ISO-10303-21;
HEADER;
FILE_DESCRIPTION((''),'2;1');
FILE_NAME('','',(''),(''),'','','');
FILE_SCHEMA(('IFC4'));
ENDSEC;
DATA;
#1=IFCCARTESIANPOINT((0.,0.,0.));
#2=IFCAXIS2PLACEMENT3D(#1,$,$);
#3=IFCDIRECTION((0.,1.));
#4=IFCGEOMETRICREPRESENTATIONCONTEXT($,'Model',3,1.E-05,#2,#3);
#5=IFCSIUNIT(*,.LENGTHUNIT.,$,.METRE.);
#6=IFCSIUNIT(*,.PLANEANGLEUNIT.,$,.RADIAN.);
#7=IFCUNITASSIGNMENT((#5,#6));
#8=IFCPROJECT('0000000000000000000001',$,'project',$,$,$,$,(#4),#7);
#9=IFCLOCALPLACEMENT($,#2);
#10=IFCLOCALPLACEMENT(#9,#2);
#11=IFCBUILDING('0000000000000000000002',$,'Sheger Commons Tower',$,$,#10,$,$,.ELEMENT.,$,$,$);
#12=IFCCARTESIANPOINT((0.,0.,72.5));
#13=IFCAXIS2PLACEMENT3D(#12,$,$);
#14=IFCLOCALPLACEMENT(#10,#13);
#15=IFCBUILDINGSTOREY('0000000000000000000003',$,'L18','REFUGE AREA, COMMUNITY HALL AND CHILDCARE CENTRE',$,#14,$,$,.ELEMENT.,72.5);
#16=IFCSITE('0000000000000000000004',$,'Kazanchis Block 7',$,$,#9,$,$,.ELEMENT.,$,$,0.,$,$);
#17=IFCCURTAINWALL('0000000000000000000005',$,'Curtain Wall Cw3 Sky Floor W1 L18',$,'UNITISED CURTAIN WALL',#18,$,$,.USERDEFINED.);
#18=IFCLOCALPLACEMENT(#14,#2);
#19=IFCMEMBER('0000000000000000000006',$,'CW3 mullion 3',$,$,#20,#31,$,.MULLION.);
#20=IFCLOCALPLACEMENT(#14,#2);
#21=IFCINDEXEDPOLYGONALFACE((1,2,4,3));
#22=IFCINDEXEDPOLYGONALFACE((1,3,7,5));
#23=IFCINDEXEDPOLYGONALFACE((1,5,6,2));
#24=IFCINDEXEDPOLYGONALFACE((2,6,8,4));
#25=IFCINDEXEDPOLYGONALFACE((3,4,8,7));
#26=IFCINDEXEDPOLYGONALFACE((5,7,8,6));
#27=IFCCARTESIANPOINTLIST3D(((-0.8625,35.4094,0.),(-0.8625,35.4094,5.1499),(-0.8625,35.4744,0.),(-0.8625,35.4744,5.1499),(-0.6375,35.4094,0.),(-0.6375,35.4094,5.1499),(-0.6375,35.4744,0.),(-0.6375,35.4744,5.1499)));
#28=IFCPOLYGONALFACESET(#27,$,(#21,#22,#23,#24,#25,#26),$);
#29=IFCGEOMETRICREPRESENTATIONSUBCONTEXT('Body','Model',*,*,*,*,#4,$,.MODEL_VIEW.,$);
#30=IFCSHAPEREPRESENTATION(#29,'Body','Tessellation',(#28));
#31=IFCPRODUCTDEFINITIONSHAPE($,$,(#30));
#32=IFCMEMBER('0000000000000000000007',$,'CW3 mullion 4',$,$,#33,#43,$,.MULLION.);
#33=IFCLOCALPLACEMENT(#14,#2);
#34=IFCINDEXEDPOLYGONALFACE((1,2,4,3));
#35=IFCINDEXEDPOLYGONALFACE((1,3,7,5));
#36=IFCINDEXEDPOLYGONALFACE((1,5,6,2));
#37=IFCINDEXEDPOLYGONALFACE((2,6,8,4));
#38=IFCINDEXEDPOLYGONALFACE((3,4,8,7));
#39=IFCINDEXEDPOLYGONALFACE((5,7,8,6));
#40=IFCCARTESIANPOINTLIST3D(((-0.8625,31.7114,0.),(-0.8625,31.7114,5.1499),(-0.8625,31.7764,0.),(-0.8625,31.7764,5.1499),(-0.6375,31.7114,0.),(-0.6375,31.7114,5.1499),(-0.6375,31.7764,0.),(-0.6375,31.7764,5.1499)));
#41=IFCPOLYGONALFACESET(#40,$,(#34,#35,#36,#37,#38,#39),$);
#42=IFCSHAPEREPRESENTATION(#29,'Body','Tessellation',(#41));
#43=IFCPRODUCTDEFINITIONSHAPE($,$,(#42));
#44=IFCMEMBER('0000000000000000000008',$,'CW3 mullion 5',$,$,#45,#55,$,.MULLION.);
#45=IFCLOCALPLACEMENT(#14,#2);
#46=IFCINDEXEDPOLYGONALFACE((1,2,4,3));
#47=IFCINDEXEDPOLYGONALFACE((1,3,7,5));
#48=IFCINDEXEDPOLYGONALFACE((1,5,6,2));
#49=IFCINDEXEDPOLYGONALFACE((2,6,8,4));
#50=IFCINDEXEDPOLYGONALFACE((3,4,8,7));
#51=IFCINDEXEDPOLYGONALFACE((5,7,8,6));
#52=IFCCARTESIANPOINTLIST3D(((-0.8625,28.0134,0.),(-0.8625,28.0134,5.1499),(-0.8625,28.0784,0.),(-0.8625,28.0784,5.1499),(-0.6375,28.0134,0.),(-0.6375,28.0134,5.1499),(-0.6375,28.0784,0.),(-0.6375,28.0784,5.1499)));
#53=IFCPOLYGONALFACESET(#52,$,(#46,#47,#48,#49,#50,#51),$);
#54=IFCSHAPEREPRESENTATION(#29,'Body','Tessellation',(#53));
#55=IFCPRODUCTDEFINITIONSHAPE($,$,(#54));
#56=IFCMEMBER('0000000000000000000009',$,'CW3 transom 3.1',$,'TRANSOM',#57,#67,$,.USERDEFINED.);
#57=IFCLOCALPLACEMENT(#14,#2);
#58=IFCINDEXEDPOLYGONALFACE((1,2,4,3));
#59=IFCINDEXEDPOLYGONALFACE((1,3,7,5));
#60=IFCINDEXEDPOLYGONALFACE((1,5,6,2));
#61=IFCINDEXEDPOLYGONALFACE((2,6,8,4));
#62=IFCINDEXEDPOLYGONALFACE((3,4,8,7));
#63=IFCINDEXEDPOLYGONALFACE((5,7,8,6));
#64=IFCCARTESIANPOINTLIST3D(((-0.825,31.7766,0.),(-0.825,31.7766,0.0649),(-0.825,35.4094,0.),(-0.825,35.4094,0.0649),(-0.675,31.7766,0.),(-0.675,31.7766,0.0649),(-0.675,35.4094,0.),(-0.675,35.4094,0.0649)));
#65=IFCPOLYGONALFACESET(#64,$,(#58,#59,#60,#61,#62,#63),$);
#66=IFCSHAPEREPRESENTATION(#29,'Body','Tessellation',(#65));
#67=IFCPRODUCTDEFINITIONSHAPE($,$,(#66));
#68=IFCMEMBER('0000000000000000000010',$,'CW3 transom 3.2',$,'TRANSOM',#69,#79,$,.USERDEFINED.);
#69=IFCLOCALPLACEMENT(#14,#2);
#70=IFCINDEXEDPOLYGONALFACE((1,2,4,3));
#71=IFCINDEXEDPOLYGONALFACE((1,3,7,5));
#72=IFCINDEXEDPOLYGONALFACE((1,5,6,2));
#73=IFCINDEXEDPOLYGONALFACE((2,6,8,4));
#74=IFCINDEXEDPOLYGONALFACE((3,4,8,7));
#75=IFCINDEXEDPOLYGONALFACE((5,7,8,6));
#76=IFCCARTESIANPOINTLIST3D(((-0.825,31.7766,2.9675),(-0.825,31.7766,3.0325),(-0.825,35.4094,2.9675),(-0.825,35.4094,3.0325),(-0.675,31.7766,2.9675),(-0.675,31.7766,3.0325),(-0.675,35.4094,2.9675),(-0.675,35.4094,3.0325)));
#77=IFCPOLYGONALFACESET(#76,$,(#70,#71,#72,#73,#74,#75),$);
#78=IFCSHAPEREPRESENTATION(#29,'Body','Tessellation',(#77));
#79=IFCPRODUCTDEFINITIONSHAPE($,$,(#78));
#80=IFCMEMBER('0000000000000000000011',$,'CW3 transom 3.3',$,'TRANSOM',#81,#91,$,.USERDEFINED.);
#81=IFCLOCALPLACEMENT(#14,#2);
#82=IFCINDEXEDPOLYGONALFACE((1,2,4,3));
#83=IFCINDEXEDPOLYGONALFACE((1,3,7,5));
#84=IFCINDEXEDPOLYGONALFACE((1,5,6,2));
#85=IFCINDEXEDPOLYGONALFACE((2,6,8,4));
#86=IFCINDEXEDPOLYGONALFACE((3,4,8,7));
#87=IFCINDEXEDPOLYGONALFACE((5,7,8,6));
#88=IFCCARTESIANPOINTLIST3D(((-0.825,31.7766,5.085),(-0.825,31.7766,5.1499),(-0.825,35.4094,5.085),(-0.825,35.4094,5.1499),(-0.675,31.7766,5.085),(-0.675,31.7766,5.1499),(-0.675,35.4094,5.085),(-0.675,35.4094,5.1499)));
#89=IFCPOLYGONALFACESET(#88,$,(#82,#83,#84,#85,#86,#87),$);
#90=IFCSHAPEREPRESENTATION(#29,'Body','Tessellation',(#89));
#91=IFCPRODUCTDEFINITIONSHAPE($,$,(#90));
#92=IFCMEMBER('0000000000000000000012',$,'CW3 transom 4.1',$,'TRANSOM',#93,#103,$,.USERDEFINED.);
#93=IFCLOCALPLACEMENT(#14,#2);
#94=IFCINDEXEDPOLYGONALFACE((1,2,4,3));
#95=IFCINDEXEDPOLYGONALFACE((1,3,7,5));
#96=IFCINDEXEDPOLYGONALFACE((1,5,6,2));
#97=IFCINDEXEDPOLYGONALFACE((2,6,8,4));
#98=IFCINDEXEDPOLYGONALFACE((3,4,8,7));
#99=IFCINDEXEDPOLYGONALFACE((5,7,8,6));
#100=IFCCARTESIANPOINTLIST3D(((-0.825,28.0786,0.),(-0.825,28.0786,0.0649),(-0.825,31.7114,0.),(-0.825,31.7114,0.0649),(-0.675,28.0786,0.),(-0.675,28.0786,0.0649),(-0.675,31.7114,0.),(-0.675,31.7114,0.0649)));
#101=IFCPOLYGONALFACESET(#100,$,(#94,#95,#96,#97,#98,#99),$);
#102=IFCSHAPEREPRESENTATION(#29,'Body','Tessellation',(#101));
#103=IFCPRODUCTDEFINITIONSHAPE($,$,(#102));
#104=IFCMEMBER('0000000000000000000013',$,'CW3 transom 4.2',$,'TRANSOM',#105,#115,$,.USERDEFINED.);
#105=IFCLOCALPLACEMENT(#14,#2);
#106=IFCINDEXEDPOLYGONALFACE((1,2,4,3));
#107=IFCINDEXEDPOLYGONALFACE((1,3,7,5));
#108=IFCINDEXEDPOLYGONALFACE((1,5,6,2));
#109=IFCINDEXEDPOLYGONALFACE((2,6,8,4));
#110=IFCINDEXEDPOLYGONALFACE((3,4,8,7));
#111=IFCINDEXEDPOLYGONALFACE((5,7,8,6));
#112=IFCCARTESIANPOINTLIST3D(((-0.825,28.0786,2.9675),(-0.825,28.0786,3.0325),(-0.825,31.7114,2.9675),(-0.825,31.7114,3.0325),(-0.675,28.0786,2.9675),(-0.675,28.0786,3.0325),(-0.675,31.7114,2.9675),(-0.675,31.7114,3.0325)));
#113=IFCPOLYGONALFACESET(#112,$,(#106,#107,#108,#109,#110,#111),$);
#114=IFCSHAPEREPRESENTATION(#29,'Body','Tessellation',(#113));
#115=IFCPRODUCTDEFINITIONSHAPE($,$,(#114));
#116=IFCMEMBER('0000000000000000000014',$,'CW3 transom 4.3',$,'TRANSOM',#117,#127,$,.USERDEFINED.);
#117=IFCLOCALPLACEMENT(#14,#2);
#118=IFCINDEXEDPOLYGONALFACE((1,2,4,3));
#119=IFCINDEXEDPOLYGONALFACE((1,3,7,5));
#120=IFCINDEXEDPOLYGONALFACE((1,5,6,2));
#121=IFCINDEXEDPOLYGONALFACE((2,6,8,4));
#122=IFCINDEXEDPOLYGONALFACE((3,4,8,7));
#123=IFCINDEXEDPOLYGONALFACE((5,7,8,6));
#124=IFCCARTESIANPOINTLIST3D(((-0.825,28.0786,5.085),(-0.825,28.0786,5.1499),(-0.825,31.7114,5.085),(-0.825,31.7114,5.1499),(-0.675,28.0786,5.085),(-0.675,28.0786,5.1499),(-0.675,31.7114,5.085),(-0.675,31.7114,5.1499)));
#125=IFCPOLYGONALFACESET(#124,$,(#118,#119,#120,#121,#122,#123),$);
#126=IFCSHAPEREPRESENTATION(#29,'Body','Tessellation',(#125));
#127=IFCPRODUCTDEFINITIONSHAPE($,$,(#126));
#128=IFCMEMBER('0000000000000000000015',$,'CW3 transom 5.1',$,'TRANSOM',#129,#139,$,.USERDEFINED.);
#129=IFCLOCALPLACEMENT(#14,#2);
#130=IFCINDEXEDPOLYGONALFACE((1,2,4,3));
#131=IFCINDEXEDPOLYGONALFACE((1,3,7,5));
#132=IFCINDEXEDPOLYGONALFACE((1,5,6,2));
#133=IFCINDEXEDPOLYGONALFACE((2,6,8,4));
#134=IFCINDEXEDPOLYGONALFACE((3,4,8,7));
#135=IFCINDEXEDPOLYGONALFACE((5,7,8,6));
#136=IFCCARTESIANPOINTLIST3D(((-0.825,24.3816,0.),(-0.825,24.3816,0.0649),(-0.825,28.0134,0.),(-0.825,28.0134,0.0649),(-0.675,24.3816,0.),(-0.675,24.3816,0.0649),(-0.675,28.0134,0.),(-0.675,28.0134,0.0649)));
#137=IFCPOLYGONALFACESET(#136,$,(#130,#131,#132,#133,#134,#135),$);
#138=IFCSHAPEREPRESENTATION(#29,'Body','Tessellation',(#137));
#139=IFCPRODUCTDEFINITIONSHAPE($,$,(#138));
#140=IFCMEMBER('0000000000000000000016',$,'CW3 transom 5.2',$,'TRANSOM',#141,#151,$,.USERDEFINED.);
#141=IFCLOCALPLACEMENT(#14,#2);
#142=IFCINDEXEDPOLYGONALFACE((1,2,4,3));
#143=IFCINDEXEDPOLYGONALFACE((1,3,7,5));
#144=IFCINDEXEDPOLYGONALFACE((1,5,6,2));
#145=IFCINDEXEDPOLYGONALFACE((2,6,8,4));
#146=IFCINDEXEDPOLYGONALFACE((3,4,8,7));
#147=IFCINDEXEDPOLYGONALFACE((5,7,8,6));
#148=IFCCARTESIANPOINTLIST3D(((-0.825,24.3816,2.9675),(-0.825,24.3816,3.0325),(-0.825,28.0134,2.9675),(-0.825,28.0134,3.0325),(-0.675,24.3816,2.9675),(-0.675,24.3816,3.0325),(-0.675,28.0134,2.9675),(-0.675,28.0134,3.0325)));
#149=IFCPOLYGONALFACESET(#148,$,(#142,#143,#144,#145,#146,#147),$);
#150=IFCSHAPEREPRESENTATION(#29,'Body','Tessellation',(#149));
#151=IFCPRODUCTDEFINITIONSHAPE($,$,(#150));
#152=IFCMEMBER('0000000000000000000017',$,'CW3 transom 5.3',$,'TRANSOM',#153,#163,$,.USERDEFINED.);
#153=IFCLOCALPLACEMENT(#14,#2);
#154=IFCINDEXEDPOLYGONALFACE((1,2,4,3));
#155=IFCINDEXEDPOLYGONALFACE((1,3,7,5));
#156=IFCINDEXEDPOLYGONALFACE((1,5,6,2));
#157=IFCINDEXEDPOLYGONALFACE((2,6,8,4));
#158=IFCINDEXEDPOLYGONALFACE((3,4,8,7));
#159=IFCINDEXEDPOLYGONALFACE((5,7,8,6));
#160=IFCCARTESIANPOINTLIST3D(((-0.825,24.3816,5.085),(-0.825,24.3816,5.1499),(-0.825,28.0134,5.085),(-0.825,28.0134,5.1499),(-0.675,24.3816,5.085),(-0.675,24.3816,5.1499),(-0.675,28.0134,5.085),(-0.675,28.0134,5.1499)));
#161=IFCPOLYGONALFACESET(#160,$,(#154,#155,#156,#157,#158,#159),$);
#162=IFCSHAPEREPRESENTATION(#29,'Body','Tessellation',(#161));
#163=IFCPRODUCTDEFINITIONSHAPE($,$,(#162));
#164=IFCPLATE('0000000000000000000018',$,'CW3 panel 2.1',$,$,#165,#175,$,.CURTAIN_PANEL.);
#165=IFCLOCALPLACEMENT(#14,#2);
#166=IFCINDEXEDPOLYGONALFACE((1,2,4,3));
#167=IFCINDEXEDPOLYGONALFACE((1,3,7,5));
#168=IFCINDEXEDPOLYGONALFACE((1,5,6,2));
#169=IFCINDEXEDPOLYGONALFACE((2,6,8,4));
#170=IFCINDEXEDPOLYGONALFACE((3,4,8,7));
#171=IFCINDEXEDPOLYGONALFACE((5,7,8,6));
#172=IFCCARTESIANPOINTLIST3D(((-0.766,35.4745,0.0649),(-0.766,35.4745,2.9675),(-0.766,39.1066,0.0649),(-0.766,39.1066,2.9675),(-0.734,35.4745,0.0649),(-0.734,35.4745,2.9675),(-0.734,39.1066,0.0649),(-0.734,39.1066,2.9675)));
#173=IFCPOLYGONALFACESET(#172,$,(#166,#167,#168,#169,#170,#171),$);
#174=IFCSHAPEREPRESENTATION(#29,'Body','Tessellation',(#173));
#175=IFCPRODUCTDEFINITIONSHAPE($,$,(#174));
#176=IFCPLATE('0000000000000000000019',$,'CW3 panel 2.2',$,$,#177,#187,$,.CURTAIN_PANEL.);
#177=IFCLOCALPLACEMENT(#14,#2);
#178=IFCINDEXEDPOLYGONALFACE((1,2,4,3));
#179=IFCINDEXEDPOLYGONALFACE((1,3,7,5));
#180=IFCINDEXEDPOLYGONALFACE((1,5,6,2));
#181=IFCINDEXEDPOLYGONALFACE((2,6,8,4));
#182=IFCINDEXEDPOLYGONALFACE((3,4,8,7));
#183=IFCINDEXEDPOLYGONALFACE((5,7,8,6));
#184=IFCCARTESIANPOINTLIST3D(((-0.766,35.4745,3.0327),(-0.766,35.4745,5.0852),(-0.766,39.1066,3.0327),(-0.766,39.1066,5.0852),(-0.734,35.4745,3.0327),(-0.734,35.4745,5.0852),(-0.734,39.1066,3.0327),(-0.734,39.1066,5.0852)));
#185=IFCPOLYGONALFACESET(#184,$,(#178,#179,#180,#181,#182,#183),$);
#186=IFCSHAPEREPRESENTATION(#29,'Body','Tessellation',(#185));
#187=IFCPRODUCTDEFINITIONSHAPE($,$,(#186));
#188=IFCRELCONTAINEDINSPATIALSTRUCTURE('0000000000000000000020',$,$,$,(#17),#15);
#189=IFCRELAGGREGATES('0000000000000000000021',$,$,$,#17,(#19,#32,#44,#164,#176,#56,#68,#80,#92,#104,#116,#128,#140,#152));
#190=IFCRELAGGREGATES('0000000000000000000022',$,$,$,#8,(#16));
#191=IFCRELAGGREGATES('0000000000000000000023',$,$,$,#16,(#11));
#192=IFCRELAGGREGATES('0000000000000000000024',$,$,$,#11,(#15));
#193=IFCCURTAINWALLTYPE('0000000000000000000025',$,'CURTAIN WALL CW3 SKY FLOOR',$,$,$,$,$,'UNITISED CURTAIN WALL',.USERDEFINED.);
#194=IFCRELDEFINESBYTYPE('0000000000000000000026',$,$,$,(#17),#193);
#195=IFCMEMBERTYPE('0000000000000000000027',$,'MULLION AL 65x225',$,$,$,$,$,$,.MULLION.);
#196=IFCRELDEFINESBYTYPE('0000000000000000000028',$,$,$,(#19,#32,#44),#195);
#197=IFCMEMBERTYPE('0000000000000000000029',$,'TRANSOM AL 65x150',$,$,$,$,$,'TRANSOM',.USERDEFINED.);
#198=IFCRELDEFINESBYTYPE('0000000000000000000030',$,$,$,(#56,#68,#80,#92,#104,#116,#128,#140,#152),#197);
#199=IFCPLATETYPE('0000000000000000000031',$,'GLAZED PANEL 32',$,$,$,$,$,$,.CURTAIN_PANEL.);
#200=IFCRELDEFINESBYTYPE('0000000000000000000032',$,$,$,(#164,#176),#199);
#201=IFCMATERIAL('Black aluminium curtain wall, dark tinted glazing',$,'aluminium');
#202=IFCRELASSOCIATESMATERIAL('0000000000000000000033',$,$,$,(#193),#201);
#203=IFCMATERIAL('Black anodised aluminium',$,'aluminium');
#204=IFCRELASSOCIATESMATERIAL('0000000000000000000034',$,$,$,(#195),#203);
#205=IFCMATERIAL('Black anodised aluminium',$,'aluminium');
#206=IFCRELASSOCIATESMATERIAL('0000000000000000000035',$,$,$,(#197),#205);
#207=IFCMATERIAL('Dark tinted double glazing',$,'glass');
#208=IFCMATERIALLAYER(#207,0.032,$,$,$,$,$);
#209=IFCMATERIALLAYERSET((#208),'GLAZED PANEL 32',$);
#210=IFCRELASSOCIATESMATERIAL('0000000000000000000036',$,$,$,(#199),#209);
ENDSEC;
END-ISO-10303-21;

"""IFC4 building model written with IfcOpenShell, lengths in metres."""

from ifc_helpers import new_model, si_unit, direction, frame, origin, origin_2d, place, context, subcontext, project, spatial, rectangle, extrude, material, layer, layer_set, material_profile, profile_set, type_object, element, aggregate, save


model = new_model("IFC4")

# Units and contexts
model_context = context("Model", 3, precision=1e-05, world=origin(), true_north=direction((0.0, 1.0)))
body_context = subcontext(model_context, "Body", "Model", "MODEL_VIEW")
ifc_project = project(units=[si_unit("LENGTHUNIT", "METRE"), si_unit("PLANEANGLEUNIT", "RADIAN")], contexts=[model_context])

# Site, building, storey
site_placement = place(None, origin())
site = spatial("IfcSite", under=ifc_project, at=site_placement, Name="Kazanchis Block 7", CompositionType="ELEMENT", RefElevation=0.0)
building_placement = place(site_placement, origin())
building = spatial("IfcBuilding", under=site, at=building_placement, Name="Sheger Commons Tower", CompositionType="ELEMENT")
storey_placement = place(building_placement, frame((0.0, 0.0, 72.5)))
storey = spatial("IfcBuildingStorey", under=building, at=storey_placement, Name="L18", Description="REFUGE AREA, COMMUNITY HALL AND CHILDCARE CENTRE", CompositionType="ELEMENT", Elevation=72.5)

# Curtain wall, members, plates
ifc_material_1 = material(Name="Black aluminium curtain wall, dark tinted glazing", Category="aluminium")
curtain_wall_type = type_object("IfcCurtainWallType", Name="CURTAIN WALL CW3 SKY FLOOR", ElementType="UNITISED CURTAIN WALL", PredefinedType="USERDEFINED", material=ifc_material_1)
curtain_wall_placement = place(storey_placement, origin())
curtain_wall = element("IfcCurtainWall", 1, at=curtain_wall_placement, inside=storey, type_object=curtain_wall_type, Name="Curtain Wall Cw3 Sky Floor W1 L18", ObjectType="UNITISED CURTAIN WALL", PredefinedType="USERDEFINED")
ifc_material_2 = material(Name="Black anodised aluminium", Category="aluminium")
ifc_material_profile_1 = material_profile(ifc_material_2, rectangle(XDim=0.2251, YDim=0.0649, at=origin_2d()), Name="AL 65x225")
ifc_profile_set_1 = profile_set([ifc_material_profile_1], Name="Black anodised aluminium")
member_type_1 = type_object("IfcMemberType", Name="MULLION AL 65x225", PredefinedType="MULLION", material=ifc_profile_set_1)
member_1_placement = place(storey_placement, frame((-0.75, 35.4419, 0.0), z_axis=(0.0, 0.0, 1.0), x_axis=(1.0, 0.0, 0.0)))
member_1 = element("IfcMember", 2, at=member_1_placement, type_object=member_type_1, Name="CW3 mullion 3", PredefinedType="MULLION", context=body_context, shape_type="SweptSolid", body=[
    extrude(rectangle(XDim=0.2251, YDim=0.0649, at=origin_2d()), origin(), (0.0, 0.0, 1.0), 5.1499),
])
member_2_placement = place(storey_placement, frame((-0.75, 31.7439, 0.0), z_axis=(0.0, 0.0, 1.0), x_axis=(1.0, 0.0, 0.0)))
member_2 = element("IfcMember", 3, at=member_2_placement, type_object=member_type_1, Name="CW3 mullion 4", PredefinedType="MULLION", context=body_context, shape_type="SweptSolid", body=[
    extrude(rectangle(XDim=0.2251, YDim=0.0649, at=origin_2d()), origin(), (0.0, 0.0, 1.0), 5.1499),
])
member_3_placement = place(storey_placement, frame((-0.75, 28.0459, 0.0), z_axis=(0.0, 0.0, 1.0), x_axis=(1.0, 0.0, 0.0)))
member_3 = element("IfcMember", 4, at=member_3_placement, type_object=member_type_1, Name="CW3 mullion 5", PredefinedType="MULLION", context=body_context, shape_type="SweptSolid", body=[
    extrude(rectangle(XDim=0.2251, YDim=0.0649, at=origin_2d()), origin(), (0.0, 0.0, 1.0), 5.1499),
])
ifc_material_3 = material(Name="Black anodised aluminium", Category="aluminium")
ifc_material_profile_2 = material_profile(ifc_material_3, rectangle(XDim=0.1499, YDim=0.0649, at=origin_2d()), Name="AL 65x150")
ifc_profile_set_2 = profile_set([ifc_material_profile_2], Name="Black anodised aluminium")
member_type_2 = type_object("IfcMemberType", Name="TRANSOM AL 65x150", ElementType="TRANSOM", PredefinedType="USERDEFINED", material=ifc_profile_set_2)
member_4_placement = place(storey_placement, frame((-0.75, 35.4094, 0.0325), z_axis=(0.0, -1.0, 0.0), x_axis=(1.0, 0.0, 0.0)))
member_4 = element("IfcMember", 5, at=member_4_placement, type_object=member_type_2, Name="CW3 transom 3.1", ObjectType="TRANSOM", PredefinedType="USERDEFINED", context=body_context, shape_type="SweptSolid", body=[
    extrude(rectangle(XDim=0.1499, YDim=0.0649, at=origin_2d()), origin(), (0.0, 0.0, 1.0), 3.6328),
])
member_5_placement = place(storey_placement, frame((-0.75, 35.4094, 3.0), z_axis=(0.0, -1.0, 0.0), x_axis=(1.0, 0.0, 0.0)))
member_5 = element("IfcMember", 6, at=member_5_placement, type_object=member_type_2, Name="CW3 transom 3.2", ObjectType="TRANSOM", PredefinedType="USERDEFINED", context=body_context, shape_type="SweptSolid", body=[
    extrude(rectangle(XDim=0.1499, YDim=0.0649, at=origin_2d()), origin(), (0.0, 0.0, 1.0), 3.6328),
])
member_6_placement = place(storey_placement, frame((-0.75, 35.4094, 5.1174), z_axis=(0.0, -1.0, 0.0), x_axis=(1.0, 0.0, 0.0)))
member_6 = element("IfcMember", 7, at=member_6_placement, type_object=member_type_2, Name="CW3 transom 3.3", ObjectType="TRANSOM", PredefinedType="USERDEFINED", context=body_context, shape_type="SweptSolid", body=[
    extrude(rectangle(XDim=0.1499, YDim=0.0649, at=origin_2d()), origin(), (0.0, 0.0, 1.0), 3.6328),
])
member_7_placement = place(storey_placement, frame((-0.75, 31.7114, 0.0325), z_axis=(0.0, -1.0, 0.0), x_axis=(1.0, 0.0, 0.0)))
member_7 = element("IfcMember", 8, at=member_7_placement, type_object=member_type_2, Name="CW3 transom 4.1", ObjectType="TRANSOM", PredefinedType="USERDEFINED", context=body_context, shape_type="SweptSolid", body=[
    extrude(rectangle(XDim=0.1499, YDim=0.0649, at=origin_2d()), origin(), (0.0, 0.0, 1.0), 3.6328),
])
member_8_placement = place(storey_placement, frame((-0.75, 31.7114, 3.0), z_axis=(0.0, -1.0, 0.0), x_axis=(1.0, 0.0, 0.0)))
member_8 = element("IfcMember", 9, at=member_8_placement, type_object=member_type_2, Name="CW3 transom 4.2", ObjectType="TRANSOM", PredefinedType="USERDEFINED", context=body_context, shape_type="SweptSolid", body=[
    extrude(rectangle(XDim=0.1499, YDim=0.0649, at=origin_2d()), origin(), (0.0, 0.0, 1.0), 3.6328),
])
member_9_placement = place(storey_placement, frame((-0.75, 31.7114, 5.1174), z_axis=(0.0, -1.0, 0.0), x_axis=(1.0, 0.0, 0.0)))
member_9 = element("IfcMember", 10, at=member_9_placement, type_object=member_type_2, Name="CW3 transom 4.3", ObjectType="TRANSOM", PredefinedType="USERDEFINED", context=body_context, shape_type="SweptSolid", body=[
    extrude(rectangle(XDim=0.1499, YDim=0.0649, at=origin_2d()), origin(), (0.0, 0.0, 1.0), 3.6328),
])
member_10_placement = place(storey_placement, frame((-0.75, 28.0134, 0.0325), z_axis=(0.0, -1.0, 0.0), x_axis=(1.0, 0.0, 0.0)))
member_10 = element("IfcMember", 11, at=member_10_placement, type_object=member_type_2, Name="CW3 transom 5.1", ObjectType="TRANSOM", PredefinedType="USERDEFINED", context=body_context, shape_type="SweptSolid", body=[
    extrude(rectangle(XDim=0.1499, YDim=0.0649, at=origin_2d()), origin(), (0.0, 0.0, 1.0), 3.6318),
])
member_11_placement = place(storey_placement, frame((-0.75, 28.0134, 3.0), z_axis=(0.0, -1.0, 0.0), x_axis=(1.0, 0.0, 0.0)))
member_11 = element("IfcMember", 12, at=member_11_placement, type_object=member_type_2, Name="CW3 transom 5.2", ObjectType="TRANSOM", PredefinedType="USERDEFINED", context=body_context, shape_type="SweptSolid", body=[
    extrude(rectangle(XDim=0.1499, YDim=0.0649, at=origin_2d()), origin(), (0.0, 0.0, 1.0), 3.6318),
])
member_12_placement = place(storey_placement, frame((-0.75, 28.0134, 5.1174), z_axis=(0.0, -1.0, 0.0), x_axis=(1.0, 0.0, 0.0)))
member_12 = element("IfcMember", 13, at=member_12_placement, type_object=member_type_2, Name="CW3 transom 5.3", ObjectType="TRANSOM", PredefinedType="USERDEFINED", context=body_context, shape_type="SweptSolid", body=[
    extrude(rectangle(XDim=0.1499, YDim=0.0649, at=origin_2d()), origin(), (0.0, 0.0, 1.0), 3.6318),
])
ifc_material_4 = material(Name="Dark tinted double glazing", Category="glass")
ifc_layer_1 = layer(ifc_material_4, 0.032)
ifc_layer_set_1 = layer_set([ifc_layer_1], Name="GLAZED PANEL 32")
plate_type_1 = type_object("IfcPlateType", Name="GLAZED PANEL 32", PredefinedType="CURTAIN_PANEL", material=ifc_layer_set_1)
plate_1_placement = place(storey_placement, frame((-0.75, 37.2905, 0.0649), z_axis=(0.0, 0.0, 1.0), x_axis=(0.0, -1.0, 0.0)))
plate_1 = element("IfcPlate", 14, at=plate_1_placement, type_object=plate_type_1, Name="CW3 panel 2.1", PredefinedType="CURTAIN_PANEL", context=body_context, shape_type="SweptSolid", body=[
    extrude(rectangle(XDim=3.6321, YDim=0.032, at=origin_2d()), origin(), (0.0, 0.0, 1.0), 2.9026),
])
plate_2_placement = place(storey_placement, frame((-0.75, 37.2905, 3.0327), z_axis=(0.0, 0.0, 1.0), x_axis=(0.0, -1.0, 0.0)))
plate_2 = element("IfcPlate", 15, at=plate_2_placement, type_object=plate_type_1, Name="CW3 panel 2.2", PredefinedType="CURTAIN_PANEL", context=body_context, shape_type="SweptSolid", body=[
    extrude(rectangle(XDim=3.6321, YDim=0.032, at=origin_2d()), origin(), (0.0, 0.0, 1.0), 2.0525),
])
aggregate(curtain_wall, [member_1, member_2, member_3, plate_1, plate_2, member_4, member_5, member_6, member_7, member_8, member_9, member_10, member_11, member_12])

save(model, "model.ifc")
